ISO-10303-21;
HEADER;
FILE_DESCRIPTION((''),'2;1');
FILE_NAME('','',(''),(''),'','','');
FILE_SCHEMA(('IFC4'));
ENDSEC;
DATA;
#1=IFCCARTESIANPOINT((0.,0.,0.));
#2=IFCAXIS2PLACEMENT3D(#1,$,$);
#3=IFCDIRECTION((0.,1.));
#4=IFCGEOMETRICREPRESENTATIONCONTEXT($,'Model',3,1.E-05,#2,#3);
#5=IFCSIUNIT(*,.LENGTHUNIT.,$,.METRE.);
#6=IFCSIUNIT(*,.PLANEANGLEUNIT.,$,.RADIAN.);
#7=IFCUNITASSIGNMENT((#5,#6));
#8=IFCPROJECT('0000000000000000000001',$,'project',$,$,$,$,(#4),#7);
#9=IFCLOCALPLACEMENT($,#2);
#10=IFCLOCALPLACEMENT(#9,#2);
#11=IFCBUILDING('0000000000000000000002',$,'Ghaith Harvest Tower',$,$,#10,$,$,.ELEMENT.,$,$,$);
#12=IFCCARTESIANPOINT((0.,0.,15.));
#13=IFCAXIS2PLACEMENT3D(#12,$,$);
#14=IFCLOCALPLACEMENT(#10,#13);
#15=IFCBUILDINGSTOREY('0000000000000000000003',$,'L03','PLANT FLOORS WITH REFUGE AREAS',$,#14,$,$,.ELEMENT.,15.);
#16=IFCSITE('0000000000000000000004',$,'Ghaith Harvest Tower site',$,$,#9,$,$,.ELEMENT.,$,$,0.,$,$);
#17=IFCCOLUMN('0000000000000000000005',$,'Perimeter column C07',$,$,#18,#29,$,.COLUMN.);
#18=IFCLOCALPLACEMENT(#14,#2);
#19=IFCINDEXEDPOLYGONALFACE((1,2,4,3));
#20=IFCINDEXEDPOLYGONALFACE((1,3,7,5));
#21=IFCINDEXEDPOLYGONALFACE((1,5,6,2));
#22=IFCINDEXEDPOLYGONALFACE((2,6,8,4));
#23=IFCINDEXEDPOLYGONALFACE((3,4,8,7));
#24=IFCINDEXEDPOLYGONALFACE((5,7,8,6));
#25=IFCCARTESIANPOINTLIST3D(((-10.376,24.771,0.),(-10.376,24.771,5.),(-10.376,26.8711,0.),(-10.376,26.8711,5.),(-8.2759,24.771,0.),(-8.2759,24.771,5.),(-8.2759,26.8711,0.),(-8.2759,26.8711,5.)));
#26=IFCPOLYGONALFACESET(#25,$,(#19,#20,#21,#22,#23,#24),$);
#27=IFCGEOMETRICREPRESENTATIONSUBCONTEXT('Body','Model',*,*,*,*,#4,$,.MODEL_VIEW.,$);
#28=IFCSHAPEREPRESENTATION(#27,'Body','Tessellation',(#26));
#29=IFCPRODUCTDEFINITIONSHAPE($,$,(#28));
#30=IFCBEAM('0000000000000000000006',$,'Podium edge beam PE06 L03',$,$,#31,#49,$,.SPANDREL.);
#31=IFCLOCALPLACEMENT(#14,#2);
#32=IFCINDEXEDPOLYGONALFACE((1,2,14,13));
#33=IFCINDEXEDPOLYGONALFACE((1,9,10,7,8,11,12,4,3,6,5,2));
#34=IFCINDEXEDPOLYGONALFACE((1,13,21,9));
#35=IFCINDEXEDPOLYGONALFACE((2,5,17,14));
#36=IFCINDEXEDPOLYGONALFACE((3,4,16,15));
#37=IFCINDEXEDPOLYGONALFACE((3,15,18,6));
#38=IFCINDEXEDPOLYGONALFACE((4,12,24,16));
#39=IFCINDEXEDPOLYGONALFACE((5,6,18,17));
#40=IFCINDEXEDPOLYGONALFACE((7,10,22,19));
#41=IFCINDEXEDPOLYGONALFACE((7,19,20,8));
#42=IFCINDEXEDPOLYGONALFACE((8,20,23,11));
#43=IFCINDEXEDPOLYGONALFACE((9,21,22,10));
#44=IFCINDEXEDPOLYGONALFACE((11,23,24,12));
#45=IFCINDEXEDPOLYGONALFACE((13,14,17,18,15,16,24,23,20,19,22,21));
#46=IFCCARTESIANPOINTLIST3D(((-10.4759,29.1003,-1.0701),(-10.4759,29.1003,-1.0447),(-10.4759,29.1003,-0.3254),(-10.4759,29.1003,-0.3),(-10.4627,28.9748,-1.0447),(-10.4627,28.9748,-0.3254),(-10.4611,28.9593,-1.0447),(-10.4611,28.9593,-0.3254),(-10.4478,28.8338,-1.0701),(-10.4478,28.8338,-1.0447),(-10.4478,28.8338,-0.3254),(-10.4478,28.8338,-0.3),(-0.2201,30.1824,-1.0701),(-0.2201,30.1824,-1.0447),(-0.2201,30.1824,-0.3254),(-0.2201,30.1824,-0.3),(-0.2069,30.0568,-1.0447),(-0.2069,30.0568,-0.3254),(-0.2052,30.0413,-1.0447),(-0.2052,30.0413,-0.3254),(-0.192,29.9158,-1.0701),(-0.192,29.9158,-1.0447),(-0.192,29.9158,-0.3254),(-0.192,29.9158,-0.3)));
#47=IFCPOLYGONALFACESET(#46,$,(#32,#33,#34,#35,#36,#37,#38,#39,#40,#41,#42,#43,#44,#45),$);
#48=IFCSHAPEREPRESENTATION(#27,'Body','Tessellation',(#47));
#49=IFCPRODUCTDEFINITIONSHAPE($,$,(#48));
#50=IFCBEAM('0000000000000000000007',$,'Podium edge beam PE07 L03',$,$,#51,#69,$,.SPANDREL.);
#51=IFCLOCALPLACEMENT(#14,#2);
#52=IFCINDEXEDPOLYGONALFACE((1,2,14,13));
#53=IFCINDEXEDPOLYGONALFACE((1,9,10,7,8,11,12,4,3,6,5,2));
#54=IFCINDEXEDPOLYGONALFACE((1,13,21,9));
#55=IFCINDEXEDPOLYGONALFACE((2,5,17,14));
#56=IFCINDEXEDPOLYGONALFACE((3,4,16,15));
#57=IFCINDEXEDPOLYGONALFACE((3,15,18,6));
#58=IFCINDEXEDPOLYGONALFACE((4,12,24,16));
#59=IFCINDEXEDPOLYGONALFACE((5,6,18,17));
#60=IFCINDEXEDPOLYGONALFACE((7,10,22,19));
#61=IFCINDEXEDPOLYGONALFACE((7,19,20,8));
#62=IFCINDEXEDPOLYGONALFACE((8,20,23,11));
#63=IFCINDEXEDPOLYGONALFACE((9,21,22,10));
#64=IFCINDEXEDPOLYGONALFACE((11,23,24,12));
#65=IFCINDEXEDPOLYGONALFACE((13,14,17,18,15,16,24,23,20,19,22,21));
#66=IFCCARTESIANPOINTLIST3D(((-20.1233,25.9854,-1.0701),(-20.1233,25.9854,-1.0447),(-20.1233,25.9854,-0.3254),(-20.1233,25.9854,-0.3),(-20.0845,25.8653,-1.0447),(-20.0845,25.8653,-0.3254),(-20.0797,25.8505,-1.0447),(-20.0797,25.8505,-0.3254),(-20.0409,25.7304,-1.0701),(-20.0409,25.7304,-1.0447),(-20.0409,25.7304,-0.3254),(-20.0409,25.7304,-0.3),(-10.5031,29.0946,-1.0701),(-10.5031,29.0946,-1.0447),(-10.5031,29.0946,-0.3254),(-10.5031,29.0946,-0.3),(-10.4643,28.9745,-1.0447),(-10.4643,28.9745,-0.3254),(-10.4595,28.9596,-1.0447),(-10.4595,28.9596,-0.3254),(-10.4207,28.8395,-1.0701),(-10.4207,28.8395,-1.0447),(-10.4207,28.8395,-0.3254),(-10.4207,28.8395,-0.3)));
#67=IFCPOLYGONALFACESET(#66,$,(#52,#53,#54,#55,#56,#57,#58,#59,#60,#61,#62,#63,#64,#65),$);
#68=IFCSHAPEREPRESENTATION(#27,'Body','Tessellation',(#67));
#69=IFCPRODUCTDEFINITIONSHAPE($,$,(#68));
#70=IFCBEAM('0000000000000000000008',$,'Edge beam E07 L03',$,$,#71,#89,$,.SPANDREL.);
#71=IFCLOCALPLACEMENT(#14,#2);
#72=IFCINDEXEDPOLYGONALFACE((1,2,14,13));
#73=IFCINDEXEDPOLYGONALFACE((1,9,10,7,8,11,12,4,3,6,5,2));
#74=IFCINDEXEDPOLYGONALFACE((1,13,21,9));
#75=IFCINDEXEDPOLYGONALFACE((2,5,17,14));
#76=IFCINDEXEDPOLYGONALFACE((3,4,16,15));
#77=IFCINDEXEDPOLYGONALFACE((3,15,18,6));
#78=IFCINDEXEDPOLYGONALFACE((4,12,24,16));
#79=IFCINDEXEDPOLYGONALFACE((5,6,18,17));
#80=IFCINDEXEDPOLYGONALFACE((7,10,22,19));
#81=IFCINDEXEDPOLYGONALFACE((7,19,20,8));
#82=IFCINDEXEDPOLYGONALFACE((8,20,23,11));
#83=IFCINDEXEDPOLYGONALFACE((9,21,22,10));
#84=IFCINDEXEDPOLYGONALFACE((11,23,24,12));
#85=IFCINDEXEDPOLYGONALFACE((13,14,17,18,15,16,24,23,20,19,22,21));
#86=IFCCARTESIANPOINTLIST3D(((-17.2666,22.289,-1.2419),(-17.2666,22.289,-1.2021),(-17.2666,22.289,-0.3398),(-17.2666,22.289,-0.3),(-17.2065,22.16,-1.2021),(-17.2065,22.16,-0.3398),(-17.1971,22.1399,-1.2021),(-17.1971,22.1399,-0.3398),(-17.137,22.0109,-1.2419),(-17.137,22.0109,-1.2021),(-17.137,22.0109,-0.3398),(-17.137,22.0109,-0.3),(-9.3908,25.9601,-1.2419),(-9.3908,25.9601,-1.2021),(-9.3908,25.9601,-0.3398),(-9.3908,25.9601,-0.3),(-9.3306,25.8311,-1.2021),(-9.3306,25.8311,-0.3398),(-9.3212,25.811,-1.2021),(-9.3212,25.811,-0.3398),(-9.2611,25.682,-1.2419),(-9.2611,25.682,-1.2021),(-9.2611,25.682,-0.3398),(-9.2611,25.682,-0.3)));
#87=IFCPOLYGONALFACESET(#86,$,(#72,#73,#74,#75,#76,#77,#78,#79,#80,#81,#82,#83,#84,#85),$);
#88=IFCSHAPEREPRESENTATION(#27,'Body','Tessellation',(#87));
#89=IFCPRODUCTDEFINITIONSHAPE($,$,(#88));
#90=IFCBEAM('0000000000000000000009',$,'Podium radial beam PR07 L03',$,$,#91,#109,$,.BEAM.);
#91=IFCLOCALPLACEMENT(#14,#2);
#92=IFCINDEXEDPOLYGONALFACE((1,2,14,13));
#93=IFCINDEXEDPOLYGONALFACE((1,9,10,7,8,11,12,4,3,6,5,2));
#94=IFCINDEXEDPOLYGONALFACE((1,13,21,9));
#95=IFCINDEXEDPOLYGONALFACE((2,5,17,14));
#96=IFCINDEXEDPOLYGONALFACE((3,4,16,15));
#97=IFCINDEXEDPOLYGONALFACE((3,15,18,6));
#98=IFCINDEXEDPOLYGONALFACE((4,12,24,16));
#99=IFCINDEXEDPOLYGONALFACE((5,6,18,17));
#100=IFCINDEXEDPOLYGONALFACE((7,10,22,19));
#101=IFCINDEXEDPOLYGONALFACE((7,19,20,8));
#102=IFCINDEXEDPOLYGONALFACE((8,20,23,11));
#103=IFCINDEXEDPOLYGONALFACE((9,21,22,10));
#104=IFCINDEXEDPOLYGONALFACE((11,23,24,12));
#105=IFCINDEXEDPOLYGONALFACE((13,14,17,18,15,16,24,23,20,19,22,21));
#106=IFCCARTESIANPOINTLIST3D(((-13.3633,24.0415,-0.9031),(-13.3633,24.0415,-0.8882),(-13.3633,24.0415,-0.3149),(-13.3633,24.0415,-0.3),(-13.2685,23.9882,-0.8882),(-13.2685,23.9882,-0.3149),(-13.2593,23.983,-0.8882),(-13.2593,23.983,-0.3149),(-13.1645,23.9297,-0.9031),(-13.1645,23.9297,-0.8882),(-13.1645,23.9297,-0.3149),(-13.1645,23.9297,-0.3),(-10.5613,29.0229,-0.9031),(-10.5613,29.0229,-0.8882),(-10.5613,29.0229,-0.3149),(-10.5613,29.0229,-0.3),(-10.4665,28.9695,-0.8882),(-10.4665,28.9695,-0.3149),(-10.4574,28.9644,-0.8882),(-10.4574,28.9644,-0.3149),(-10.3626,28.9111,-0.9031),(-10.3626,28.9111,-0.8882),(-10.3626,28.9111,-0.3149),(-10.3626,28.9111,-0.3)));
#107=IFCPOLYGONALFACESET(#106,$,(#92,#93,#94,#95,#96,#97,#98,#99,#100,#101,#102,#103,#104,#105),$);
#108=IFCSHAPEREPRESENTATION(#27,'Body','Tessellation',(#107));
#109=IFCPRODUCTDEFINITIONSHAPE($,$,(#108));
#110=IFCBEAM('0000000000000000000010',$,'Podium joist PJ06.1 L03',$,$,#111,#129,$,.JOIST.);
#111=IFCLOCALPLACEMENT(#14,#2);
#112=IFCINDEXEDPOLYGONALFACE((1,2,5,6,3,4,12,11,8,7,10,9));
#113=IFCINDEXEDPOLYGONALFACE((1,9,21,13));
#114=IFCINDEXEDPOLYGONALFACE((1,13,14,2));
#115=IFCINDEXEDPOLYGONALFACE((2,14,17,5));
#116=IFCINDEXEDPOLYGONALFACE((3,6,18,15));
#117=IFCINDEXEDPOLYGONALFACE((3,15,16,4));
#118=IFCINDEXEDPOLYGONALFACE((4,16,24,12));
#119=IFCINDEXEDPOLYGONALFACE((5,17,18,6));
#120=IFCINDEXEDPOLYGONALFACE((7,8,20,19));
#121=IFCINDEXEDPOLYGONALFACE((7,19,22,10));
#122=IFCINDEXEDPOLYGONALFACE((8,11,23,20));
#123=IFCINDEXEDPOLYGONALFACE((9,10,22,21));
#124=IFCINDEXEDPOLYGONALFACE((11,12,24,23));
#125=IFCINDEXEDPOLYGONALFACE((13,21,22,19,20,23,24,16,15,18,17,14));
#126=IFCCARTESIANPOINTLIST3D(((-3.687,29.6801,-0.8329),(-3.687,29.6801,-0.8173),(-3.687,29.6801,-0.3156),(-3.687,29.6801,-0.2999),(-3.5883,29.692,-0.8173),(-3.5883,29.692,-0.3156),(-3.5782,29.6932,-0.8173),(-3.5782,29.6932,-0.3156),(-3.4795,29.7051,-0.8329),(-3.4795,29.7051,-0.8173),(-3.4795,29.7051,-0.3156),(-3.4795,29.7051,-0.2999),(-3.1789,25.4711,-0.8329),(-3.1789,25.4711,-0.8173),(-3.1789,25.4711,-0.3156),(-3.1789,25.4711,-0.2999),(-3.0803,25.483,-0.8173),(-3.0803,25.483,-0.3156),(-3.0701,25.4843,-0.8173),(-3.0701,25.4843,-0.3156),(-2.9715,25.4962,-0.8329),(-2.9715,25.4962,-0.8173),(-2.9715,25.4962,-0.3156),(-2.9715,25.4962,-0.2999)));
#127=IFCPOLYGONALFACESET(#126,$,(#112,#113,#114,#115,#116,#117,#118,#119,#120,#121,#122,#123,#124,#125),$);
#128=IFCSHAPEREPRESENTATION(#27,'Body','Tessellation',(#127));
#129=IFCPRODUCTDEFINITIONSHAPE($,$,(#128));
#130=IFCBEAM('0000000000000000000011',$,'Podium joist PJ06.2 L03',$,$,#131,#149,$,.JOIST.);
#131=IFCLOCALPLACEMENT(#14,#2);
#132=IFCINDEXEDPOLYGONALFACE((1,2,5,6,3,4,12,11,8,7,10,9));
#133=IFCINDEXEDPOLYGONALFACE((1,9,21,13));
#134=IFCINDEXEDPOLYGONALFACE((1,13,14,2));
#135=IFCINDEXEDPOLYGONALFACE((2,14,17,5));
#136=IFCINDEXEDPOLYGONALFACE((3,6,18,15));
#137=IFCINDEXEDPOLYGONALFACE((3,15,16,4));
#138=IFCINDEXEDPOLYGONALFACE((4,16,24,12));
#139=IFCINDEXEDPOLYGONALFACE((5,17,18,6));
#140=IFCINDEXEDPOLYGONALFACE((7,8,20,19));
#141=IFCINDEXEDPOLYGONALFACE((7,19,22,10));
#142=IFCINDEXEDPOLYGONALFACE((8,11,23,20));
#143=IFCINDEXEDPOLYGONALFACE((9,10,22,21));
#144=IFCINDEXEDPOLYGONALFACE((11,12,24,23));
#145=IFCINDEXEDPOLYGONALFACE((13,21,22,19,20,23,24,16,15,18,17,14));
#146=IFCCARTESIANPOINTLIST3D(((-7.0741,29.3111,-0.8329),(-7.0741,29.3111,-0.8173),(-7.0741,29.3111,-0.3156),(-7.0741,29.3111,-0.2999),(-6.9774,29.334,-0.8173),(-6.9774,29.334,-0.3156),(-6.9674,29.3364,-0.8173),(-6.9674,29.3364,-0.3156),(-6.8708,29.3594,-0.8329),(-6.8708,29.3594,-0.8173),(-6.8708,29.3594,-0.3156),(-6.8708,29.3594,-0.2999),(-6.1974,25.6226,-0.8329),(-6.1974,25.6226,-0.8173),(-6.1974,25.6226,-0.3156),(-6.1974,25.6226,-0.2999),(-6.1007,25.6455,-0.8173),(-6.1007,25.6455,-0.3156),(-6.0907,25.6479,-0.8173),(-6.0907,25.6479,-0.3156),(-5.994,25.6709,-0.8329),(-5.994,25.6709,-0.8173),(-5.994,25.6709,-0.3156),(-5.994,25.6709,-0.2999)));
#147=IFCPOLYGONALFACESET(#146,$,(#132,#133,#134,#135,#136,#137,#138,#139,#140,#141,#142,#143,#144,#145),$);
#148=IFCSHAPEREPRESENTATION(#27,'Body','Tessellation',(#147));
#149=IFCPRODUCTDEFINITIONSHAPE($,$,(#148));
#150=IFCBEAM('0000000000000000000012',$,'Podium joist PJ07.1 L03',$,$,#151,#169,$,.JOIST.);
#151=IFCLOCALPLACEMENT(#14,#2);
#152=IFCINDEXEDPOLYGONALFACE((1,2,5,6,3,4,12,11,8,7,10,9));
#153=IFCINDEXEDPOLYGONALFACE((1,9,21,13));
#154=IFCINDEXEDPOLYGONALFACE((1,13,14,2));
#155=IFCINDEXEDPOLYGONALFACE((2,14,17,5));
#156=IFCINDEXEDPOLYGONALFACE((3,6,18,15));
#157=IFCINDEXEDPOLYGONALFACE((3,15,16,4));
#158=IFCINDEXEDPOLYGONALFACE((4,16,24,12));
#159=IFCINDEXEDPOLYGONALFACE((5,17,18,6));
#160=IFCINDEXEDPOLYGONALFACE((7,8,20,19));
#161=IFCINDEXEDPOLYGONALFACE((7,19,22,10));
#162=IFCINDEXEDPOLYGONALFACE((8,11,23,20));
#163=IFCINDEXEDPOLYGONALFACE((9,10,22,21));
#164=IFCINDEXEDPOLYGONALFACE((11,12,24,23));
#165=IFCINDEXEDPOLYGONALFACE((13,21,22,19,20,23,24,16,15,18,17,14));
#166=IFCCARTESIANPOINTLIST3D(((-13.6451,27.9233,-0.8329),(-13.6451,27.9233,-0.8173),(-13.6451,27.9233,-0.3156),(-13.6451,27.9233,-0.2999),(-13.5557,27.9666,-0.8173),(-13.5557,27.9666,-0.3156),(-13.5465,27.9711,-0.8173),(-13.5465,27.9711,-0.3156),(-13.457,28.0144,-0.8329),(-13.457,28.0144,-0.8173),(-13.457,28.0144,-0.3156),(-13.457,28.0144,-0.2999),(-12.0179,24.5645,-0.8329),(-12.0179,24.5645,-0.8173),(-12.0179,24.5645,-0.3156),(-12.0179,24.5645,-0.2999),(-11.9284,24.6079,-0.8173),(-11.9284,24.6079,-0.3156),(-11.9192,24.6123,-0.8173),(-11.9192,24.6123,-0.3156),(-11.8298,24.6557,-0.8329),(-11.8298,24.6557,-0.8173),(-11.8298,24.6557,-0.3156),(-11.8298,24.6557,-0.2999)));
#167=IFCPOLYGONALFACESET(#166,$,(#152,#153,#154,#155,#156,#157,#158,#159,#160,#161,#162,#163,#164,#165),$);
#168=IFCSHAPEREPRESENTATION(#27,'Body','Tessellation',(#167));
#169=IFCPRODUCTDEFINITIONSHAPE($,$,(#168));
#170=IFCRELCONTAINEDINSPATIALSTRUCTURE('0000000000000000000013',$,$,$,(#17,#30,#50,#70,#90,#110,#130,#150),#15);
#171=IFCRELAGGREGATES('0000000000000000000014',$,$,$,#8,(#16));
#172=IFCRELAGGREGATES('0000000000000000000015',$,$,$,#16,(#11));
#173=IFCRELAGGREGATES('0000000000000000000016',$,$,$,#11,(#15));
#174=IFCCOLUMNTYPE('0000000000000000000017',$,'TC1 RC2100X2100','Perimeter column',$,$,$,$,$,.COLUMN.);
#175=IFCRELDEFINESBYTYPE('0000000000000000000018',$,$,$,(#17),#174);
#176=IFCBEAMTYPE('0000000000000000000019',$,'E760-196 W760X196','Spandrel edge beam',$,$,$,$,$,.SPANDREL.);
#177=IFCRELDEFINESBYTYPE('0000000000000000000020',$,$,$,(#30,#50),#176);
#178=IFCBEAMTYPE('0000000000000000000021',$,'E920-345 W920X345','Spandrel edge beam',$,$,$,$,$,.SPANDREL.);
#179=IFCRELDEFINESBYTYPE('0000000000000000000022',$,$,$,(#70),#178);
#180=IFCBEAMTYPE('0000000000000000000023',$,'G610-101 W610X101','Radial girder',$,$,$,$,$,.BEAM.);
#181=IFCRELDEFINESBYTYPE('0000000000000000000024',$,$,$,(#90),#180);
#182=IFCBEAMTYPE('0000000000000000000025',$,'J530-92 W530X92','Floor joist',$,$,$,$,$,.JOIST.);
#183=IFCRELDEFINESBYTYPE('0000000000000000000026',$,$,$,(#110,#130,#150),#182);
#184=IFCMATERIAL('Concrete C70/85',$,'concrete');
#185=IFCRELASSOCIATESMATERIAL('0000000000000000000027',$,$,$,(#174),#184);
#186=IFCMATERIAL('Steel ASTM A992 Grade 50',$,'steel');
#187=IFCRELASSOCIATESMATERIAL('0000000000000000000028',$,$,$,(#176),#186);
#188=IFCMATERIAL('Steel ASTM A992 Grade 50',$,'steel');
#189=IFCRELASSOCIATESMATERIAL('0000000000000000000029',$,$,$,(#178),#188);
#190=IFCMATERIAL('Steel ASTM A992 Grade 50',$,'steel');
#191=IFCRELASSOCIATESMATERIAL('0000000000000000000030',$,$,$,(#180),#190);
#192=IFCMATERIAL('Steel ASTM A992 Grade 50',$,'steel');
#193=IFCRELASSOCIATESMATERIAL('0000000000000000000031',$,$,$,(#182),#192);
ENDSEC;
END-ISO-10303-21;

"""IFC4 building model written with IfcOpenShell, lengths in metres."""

from ifc_helpers import new_model, si_unit, direction, frame, origin, origin_2d, place, context, subcontext, project, spatial, rectangle, i_section, extrude, material, material_profile, profile_set, type_object, element, save


model = new_model("IFC4")

# Units and contexts
model_context = context("Model", 3, precision=1e-05, world=origin(), true_north=direction((0.0, 1.0)))
body_context = subcontext(model_context, "Body", "Model", "MODEL_VIEW")
ifc_project = project(units=[si_unit("LENGTHUNIT", "METRE"), si_unit("PLANEANGLEUNIT", "RADIAN")], contexts=[model_context])

# Site, building, storey
site_placement = place(None, origin())
site = spatial("IfcSite", under=ifc_project, at=site_placement, Name="Ghaith Harvest Tower site", CompositionType="ELEMENT", RefElevation=0.0)
building_placement = place(site_placement, origin())
building = spatial("IfcBuilding", under=site, at=building_placement, Name="Ghaith Harvest Tower", CompositionType="ELEMENT")
storey_placement = place(building_placement, frame((0.0, 0.0, 15.0)))
storey = spatial("IfcBuildingStorey", under=building, at=storey_placement, Name="L03", Description="PLANT FLOORS WITH REFUGE AREAS", CompositionType="ELEMENT", Elevation=15.0)

# Column
ifc_material_1 = material(Name="Concrete C70/85", Category="concrete")
ifc_material_profile_1 = material_profile(ifc_material_1, rectangle(XDim=2.1001, YDim=2.1001, at=origin_2d()), Name="RC2100X2100")
ifc_profile_set_1 = profile_set([ifc_material_profile_1], Name="Concrete C70/85")
column_type = type_object("IfcColumnType", Name="TC1 RC2100X2100", Description="Perimeter column", PredefinedType="COLUMN", material=ifc_profile_set_1)
column_placement = place(storey_placement, frame((-9.3259, 25.821, 0.0), z_axis=(0.0, 0.0, 1.0), x_axis=(1.0, 0.0, 0.0)))
element("IfcColumn", 1, at=column_placement, inside=storey, type_object=column_type, Name="Perimeter column C07", PredefinedType="COLUMN", context=body_context, shape_type="SweptSolid", body=[
    extrude(rectangle(XDim=2.1001, YDim=2.1001, at=origin_2d()), origin(), (0.0, 0.0, 1.0), 5.0),
])

# Beams
ifc_material_2 = material(Name="Steel ASTM A992 Grade 50", Category="steel")
ifc_material_profile_2 = material_profile(ifc_material_2, i_section(OverallWidth=0.2681, OverallDepth=0.77, WebThickness=0.0156, FlangeThickness=0.0254, at=origin_2d()), Name="W760X196")
ifc_profile_set_2 = profile_set([ifc_material_profile_2], Name="Steel ASTM A992 Grade 50")
beam_type_1 = type_object("IfcBeamType", Name="E760-196 W760X196", Description="Spandrel edge beam", PredefinedType="SPANDREL", material=ifc_profile_set_2)
beam_1_placement = place(storey_placement, frame((-0.2061, 30.0491, -0.6851), z_axis=(-0.994481, -0.104921, 0.0), x_axis=(0.104921, -0.994481, 0.0)))
element("IfcBeam", 2, at=beam_1_placement, inside=storey, type_object=beam_type_1, Name="Podium edge beam PE06 L03", PredefinedType="SPANDREL", context=body_context, shape_type="SweptSolid", body=[
    extrude(i_section(OverallWidth=0.2681, OverallDepth=0.77, WebThickness=0.0156, FlangeThickness=0.0254, at=origin_2d()), origin(), (0.0, 0.0, 1.0), 10.3127),
])
beam_2_placement = place(storey_placement, frame((-10.4619, 28.967, -0.6851), z_axis=(-0.951539, -0.307528, 0.0), x_axis=(0.307528, -0.951539, 0.0)))
element("IfcBeam", 3, at=beam_2_placement, inside=storey, type_object=beam_type_1, Name="Podium edge beam PE07 L03", PredefinedType="SPANDREL", context=body_context, shape_type="SweptSolid", body=[
    extrude(i_section(OverallWidth=0.2681, OverallDepth=0.77, WebThickness=0.0156, FlangeThickness=0.0254, at=origin_2d()), origin(), (0.0, 0.0, 1.0), 10.1101),
])
ifc_material_3 = material(Name="Steel ASTM A992 Grade 50", Category="steel")
ifc_material_profile_3 = material_profile(ifc_material_3, i_section(OverallWidth=0.3069, OverallDepth=0.9419, WebThickness=0.0222, FlangeThickness=0.0398, at=origin_2d()), Name="W920X345")
ifc_profile_set_3 = profile_set([ifc_material_profile_3], Name="Steel ASTM A992 Grade 50")
beam_type_2 = type_object("IfcBeamType", Name="E920-345 W920X345", Description="Spandrel edge beam", PredefinedType="SPANDREL", material=ifc_profile_set_3)
beam_3_placement = place(storey_placement, frame((-9.3259, 25.821, -0.771), z_axis=(-0.906373, -0.422478, 0.0), x_axis=(0.422478, -0.906373, 0.0)))
element("IfcBeam", 4, at=beam_3_placement, inside=storey, type_object=beam_type_2, Name="Edge beam E07 L03", PredefinedType="SPANDREL", context=body_context, shape_type="SweptSolid", body=[
    extrude(i_section(OverallWidth=0.3069, OverallDepth=0.9419, WebThickness=0.0222, FlangeThickness=0.0398, at=origin_2d()), origin(), (0.0, 0.0, 1.0), 8.6895),
])
ifc_material_4 = material(Name="Steel ASTM A992 Grade 50", Category="steel")
ifc_material_profile_4 = material_profile(ifc_material_4, i_section(OverallWidth=0.228, OverallDepth=0.603, WebThickness=0.0105, FlangeThickness=0.0149, at=origin_2d()), Name="W610X101")
ifc_profile_set_4 = profile_set([ifc_material_profile_4], Name="Steel ASTM A992 Grade 50")
beam_type_3 = type_object("IfcBeamType", Name="G610-101 W610X101", Description="Radial girder", PredefinedType="BEAM", material=ifc_profile_set_4)
beam_4_placement = place(storey_placement, frame((-13.2639, 23.9856, -0.6016), z_axis=(0.490253, 0.87158, 0.0), x_axis=(-0.87158, 0.490253, 0.0)))
element("IfcBeam", 5, at=beam_4_placement, inside=storey, type_object=beam_type_3, Name="Podium radial beam PR07 L03", PredefinedType="BEAM", context=body_context, shape_type="SweptSolid", body=[
    extrude(i_section(OverallWidth=0.228, OverallDepth=0.603, WebThickness=0.0105, FlangeThickness=0.0149, at=origin_2d()), origin(), (0.0, 0.0, 1.0), 5.7153),
])
ifc_material_5 = material(Name="Steel ASTM A992 Grade 50", Category="steel")
ifc_material_profile_5 = material_profile(ifc_material_5, i_section(OverallWidth=0.209, OverallDepth=0.533, WebThickness=0.0103, FlangeThickness=0.0156, at=origin_2d()), Name="W530X92")
ifc_profile_set_5 = profile_set([ifc_material_profile_5], Name="Steel ASTM A992 Grade 50")
beam_type_4 = type_object("IfcBeamType", Name="J530-92 W530X92", Description="Floor joist", PredefinedType="JOIST", material=ifc_profile_set_5)
beam_5_placement = place(storey_placement, frame((-3.0752, 25.4836, -0.5664), z_axis=(-0.119838, 0.992793, 0.0), x_axis=(-0.992793, -0.119838, 0.0)))
element("IfcBeam", 6, at=beam_5_placement, inside=storey, type_object=beam_type_4, Name="Podium joist PJ06.1 L03", PredefinedType="JOIST", context=body_context, shape_type="SweptSolid", body=[
    extrude(i_section(OverallWidth=0.209, OverallDepth=0.533, WebThickness=0.0103, FlangeThickness=0.0156, at=origin_2d()), origin(), (0.0, 0.0, 1.0), 4.2395),
])
beam_6_placement = place(storey_placement, frame((-6.0957, 25.6467, -0.5664), z_axis=(-0.231246, 0.972895, 0.0), x_axis=(-0.972895, -0.231246, 0.0)))
element("IfcBeam", 7, at=beam_6_placement, inside=storey, type_object=beam_type_4, Name="Podium joist PJ06.2 L03", PredefinedType="JOIST", context=body_context, shape_type="SweptSolid", body=[
    extrude(i_section(OverallWidth=0.209, OverallDepth=0.533, WebThickness=0.0103, FlangeThickness=0.0156, at=origin_2d()), origin(), (0.0, 0.0, 1.0), 3.7913),
])
beam_7_placement = place(storey_placement, frame((-11.9238, 24.6101, -0.5664), z_axis=(-0.436005, 0.899944, 0.0), x_axis=(-0.899944, -0.436005, 0.0)))
element("IfcBeam", 8, at=beam_7_placement, inside=storey, type_object=beam_type_4, Name="Podium joist PJ07.1 L03", PredefinedType="JOIST", context=body_context, shape_type="SweptSolid", body=[
    extrude(i_section(OverallWidth=0.209, OverallDepth=0.533, WebThickness=0.0103, FlangeThickness=0.0156, at=origin_2d()), origin(), (0.0, 0.0, 1.0), 3.7322),
])

save(model, "model.ifc")
